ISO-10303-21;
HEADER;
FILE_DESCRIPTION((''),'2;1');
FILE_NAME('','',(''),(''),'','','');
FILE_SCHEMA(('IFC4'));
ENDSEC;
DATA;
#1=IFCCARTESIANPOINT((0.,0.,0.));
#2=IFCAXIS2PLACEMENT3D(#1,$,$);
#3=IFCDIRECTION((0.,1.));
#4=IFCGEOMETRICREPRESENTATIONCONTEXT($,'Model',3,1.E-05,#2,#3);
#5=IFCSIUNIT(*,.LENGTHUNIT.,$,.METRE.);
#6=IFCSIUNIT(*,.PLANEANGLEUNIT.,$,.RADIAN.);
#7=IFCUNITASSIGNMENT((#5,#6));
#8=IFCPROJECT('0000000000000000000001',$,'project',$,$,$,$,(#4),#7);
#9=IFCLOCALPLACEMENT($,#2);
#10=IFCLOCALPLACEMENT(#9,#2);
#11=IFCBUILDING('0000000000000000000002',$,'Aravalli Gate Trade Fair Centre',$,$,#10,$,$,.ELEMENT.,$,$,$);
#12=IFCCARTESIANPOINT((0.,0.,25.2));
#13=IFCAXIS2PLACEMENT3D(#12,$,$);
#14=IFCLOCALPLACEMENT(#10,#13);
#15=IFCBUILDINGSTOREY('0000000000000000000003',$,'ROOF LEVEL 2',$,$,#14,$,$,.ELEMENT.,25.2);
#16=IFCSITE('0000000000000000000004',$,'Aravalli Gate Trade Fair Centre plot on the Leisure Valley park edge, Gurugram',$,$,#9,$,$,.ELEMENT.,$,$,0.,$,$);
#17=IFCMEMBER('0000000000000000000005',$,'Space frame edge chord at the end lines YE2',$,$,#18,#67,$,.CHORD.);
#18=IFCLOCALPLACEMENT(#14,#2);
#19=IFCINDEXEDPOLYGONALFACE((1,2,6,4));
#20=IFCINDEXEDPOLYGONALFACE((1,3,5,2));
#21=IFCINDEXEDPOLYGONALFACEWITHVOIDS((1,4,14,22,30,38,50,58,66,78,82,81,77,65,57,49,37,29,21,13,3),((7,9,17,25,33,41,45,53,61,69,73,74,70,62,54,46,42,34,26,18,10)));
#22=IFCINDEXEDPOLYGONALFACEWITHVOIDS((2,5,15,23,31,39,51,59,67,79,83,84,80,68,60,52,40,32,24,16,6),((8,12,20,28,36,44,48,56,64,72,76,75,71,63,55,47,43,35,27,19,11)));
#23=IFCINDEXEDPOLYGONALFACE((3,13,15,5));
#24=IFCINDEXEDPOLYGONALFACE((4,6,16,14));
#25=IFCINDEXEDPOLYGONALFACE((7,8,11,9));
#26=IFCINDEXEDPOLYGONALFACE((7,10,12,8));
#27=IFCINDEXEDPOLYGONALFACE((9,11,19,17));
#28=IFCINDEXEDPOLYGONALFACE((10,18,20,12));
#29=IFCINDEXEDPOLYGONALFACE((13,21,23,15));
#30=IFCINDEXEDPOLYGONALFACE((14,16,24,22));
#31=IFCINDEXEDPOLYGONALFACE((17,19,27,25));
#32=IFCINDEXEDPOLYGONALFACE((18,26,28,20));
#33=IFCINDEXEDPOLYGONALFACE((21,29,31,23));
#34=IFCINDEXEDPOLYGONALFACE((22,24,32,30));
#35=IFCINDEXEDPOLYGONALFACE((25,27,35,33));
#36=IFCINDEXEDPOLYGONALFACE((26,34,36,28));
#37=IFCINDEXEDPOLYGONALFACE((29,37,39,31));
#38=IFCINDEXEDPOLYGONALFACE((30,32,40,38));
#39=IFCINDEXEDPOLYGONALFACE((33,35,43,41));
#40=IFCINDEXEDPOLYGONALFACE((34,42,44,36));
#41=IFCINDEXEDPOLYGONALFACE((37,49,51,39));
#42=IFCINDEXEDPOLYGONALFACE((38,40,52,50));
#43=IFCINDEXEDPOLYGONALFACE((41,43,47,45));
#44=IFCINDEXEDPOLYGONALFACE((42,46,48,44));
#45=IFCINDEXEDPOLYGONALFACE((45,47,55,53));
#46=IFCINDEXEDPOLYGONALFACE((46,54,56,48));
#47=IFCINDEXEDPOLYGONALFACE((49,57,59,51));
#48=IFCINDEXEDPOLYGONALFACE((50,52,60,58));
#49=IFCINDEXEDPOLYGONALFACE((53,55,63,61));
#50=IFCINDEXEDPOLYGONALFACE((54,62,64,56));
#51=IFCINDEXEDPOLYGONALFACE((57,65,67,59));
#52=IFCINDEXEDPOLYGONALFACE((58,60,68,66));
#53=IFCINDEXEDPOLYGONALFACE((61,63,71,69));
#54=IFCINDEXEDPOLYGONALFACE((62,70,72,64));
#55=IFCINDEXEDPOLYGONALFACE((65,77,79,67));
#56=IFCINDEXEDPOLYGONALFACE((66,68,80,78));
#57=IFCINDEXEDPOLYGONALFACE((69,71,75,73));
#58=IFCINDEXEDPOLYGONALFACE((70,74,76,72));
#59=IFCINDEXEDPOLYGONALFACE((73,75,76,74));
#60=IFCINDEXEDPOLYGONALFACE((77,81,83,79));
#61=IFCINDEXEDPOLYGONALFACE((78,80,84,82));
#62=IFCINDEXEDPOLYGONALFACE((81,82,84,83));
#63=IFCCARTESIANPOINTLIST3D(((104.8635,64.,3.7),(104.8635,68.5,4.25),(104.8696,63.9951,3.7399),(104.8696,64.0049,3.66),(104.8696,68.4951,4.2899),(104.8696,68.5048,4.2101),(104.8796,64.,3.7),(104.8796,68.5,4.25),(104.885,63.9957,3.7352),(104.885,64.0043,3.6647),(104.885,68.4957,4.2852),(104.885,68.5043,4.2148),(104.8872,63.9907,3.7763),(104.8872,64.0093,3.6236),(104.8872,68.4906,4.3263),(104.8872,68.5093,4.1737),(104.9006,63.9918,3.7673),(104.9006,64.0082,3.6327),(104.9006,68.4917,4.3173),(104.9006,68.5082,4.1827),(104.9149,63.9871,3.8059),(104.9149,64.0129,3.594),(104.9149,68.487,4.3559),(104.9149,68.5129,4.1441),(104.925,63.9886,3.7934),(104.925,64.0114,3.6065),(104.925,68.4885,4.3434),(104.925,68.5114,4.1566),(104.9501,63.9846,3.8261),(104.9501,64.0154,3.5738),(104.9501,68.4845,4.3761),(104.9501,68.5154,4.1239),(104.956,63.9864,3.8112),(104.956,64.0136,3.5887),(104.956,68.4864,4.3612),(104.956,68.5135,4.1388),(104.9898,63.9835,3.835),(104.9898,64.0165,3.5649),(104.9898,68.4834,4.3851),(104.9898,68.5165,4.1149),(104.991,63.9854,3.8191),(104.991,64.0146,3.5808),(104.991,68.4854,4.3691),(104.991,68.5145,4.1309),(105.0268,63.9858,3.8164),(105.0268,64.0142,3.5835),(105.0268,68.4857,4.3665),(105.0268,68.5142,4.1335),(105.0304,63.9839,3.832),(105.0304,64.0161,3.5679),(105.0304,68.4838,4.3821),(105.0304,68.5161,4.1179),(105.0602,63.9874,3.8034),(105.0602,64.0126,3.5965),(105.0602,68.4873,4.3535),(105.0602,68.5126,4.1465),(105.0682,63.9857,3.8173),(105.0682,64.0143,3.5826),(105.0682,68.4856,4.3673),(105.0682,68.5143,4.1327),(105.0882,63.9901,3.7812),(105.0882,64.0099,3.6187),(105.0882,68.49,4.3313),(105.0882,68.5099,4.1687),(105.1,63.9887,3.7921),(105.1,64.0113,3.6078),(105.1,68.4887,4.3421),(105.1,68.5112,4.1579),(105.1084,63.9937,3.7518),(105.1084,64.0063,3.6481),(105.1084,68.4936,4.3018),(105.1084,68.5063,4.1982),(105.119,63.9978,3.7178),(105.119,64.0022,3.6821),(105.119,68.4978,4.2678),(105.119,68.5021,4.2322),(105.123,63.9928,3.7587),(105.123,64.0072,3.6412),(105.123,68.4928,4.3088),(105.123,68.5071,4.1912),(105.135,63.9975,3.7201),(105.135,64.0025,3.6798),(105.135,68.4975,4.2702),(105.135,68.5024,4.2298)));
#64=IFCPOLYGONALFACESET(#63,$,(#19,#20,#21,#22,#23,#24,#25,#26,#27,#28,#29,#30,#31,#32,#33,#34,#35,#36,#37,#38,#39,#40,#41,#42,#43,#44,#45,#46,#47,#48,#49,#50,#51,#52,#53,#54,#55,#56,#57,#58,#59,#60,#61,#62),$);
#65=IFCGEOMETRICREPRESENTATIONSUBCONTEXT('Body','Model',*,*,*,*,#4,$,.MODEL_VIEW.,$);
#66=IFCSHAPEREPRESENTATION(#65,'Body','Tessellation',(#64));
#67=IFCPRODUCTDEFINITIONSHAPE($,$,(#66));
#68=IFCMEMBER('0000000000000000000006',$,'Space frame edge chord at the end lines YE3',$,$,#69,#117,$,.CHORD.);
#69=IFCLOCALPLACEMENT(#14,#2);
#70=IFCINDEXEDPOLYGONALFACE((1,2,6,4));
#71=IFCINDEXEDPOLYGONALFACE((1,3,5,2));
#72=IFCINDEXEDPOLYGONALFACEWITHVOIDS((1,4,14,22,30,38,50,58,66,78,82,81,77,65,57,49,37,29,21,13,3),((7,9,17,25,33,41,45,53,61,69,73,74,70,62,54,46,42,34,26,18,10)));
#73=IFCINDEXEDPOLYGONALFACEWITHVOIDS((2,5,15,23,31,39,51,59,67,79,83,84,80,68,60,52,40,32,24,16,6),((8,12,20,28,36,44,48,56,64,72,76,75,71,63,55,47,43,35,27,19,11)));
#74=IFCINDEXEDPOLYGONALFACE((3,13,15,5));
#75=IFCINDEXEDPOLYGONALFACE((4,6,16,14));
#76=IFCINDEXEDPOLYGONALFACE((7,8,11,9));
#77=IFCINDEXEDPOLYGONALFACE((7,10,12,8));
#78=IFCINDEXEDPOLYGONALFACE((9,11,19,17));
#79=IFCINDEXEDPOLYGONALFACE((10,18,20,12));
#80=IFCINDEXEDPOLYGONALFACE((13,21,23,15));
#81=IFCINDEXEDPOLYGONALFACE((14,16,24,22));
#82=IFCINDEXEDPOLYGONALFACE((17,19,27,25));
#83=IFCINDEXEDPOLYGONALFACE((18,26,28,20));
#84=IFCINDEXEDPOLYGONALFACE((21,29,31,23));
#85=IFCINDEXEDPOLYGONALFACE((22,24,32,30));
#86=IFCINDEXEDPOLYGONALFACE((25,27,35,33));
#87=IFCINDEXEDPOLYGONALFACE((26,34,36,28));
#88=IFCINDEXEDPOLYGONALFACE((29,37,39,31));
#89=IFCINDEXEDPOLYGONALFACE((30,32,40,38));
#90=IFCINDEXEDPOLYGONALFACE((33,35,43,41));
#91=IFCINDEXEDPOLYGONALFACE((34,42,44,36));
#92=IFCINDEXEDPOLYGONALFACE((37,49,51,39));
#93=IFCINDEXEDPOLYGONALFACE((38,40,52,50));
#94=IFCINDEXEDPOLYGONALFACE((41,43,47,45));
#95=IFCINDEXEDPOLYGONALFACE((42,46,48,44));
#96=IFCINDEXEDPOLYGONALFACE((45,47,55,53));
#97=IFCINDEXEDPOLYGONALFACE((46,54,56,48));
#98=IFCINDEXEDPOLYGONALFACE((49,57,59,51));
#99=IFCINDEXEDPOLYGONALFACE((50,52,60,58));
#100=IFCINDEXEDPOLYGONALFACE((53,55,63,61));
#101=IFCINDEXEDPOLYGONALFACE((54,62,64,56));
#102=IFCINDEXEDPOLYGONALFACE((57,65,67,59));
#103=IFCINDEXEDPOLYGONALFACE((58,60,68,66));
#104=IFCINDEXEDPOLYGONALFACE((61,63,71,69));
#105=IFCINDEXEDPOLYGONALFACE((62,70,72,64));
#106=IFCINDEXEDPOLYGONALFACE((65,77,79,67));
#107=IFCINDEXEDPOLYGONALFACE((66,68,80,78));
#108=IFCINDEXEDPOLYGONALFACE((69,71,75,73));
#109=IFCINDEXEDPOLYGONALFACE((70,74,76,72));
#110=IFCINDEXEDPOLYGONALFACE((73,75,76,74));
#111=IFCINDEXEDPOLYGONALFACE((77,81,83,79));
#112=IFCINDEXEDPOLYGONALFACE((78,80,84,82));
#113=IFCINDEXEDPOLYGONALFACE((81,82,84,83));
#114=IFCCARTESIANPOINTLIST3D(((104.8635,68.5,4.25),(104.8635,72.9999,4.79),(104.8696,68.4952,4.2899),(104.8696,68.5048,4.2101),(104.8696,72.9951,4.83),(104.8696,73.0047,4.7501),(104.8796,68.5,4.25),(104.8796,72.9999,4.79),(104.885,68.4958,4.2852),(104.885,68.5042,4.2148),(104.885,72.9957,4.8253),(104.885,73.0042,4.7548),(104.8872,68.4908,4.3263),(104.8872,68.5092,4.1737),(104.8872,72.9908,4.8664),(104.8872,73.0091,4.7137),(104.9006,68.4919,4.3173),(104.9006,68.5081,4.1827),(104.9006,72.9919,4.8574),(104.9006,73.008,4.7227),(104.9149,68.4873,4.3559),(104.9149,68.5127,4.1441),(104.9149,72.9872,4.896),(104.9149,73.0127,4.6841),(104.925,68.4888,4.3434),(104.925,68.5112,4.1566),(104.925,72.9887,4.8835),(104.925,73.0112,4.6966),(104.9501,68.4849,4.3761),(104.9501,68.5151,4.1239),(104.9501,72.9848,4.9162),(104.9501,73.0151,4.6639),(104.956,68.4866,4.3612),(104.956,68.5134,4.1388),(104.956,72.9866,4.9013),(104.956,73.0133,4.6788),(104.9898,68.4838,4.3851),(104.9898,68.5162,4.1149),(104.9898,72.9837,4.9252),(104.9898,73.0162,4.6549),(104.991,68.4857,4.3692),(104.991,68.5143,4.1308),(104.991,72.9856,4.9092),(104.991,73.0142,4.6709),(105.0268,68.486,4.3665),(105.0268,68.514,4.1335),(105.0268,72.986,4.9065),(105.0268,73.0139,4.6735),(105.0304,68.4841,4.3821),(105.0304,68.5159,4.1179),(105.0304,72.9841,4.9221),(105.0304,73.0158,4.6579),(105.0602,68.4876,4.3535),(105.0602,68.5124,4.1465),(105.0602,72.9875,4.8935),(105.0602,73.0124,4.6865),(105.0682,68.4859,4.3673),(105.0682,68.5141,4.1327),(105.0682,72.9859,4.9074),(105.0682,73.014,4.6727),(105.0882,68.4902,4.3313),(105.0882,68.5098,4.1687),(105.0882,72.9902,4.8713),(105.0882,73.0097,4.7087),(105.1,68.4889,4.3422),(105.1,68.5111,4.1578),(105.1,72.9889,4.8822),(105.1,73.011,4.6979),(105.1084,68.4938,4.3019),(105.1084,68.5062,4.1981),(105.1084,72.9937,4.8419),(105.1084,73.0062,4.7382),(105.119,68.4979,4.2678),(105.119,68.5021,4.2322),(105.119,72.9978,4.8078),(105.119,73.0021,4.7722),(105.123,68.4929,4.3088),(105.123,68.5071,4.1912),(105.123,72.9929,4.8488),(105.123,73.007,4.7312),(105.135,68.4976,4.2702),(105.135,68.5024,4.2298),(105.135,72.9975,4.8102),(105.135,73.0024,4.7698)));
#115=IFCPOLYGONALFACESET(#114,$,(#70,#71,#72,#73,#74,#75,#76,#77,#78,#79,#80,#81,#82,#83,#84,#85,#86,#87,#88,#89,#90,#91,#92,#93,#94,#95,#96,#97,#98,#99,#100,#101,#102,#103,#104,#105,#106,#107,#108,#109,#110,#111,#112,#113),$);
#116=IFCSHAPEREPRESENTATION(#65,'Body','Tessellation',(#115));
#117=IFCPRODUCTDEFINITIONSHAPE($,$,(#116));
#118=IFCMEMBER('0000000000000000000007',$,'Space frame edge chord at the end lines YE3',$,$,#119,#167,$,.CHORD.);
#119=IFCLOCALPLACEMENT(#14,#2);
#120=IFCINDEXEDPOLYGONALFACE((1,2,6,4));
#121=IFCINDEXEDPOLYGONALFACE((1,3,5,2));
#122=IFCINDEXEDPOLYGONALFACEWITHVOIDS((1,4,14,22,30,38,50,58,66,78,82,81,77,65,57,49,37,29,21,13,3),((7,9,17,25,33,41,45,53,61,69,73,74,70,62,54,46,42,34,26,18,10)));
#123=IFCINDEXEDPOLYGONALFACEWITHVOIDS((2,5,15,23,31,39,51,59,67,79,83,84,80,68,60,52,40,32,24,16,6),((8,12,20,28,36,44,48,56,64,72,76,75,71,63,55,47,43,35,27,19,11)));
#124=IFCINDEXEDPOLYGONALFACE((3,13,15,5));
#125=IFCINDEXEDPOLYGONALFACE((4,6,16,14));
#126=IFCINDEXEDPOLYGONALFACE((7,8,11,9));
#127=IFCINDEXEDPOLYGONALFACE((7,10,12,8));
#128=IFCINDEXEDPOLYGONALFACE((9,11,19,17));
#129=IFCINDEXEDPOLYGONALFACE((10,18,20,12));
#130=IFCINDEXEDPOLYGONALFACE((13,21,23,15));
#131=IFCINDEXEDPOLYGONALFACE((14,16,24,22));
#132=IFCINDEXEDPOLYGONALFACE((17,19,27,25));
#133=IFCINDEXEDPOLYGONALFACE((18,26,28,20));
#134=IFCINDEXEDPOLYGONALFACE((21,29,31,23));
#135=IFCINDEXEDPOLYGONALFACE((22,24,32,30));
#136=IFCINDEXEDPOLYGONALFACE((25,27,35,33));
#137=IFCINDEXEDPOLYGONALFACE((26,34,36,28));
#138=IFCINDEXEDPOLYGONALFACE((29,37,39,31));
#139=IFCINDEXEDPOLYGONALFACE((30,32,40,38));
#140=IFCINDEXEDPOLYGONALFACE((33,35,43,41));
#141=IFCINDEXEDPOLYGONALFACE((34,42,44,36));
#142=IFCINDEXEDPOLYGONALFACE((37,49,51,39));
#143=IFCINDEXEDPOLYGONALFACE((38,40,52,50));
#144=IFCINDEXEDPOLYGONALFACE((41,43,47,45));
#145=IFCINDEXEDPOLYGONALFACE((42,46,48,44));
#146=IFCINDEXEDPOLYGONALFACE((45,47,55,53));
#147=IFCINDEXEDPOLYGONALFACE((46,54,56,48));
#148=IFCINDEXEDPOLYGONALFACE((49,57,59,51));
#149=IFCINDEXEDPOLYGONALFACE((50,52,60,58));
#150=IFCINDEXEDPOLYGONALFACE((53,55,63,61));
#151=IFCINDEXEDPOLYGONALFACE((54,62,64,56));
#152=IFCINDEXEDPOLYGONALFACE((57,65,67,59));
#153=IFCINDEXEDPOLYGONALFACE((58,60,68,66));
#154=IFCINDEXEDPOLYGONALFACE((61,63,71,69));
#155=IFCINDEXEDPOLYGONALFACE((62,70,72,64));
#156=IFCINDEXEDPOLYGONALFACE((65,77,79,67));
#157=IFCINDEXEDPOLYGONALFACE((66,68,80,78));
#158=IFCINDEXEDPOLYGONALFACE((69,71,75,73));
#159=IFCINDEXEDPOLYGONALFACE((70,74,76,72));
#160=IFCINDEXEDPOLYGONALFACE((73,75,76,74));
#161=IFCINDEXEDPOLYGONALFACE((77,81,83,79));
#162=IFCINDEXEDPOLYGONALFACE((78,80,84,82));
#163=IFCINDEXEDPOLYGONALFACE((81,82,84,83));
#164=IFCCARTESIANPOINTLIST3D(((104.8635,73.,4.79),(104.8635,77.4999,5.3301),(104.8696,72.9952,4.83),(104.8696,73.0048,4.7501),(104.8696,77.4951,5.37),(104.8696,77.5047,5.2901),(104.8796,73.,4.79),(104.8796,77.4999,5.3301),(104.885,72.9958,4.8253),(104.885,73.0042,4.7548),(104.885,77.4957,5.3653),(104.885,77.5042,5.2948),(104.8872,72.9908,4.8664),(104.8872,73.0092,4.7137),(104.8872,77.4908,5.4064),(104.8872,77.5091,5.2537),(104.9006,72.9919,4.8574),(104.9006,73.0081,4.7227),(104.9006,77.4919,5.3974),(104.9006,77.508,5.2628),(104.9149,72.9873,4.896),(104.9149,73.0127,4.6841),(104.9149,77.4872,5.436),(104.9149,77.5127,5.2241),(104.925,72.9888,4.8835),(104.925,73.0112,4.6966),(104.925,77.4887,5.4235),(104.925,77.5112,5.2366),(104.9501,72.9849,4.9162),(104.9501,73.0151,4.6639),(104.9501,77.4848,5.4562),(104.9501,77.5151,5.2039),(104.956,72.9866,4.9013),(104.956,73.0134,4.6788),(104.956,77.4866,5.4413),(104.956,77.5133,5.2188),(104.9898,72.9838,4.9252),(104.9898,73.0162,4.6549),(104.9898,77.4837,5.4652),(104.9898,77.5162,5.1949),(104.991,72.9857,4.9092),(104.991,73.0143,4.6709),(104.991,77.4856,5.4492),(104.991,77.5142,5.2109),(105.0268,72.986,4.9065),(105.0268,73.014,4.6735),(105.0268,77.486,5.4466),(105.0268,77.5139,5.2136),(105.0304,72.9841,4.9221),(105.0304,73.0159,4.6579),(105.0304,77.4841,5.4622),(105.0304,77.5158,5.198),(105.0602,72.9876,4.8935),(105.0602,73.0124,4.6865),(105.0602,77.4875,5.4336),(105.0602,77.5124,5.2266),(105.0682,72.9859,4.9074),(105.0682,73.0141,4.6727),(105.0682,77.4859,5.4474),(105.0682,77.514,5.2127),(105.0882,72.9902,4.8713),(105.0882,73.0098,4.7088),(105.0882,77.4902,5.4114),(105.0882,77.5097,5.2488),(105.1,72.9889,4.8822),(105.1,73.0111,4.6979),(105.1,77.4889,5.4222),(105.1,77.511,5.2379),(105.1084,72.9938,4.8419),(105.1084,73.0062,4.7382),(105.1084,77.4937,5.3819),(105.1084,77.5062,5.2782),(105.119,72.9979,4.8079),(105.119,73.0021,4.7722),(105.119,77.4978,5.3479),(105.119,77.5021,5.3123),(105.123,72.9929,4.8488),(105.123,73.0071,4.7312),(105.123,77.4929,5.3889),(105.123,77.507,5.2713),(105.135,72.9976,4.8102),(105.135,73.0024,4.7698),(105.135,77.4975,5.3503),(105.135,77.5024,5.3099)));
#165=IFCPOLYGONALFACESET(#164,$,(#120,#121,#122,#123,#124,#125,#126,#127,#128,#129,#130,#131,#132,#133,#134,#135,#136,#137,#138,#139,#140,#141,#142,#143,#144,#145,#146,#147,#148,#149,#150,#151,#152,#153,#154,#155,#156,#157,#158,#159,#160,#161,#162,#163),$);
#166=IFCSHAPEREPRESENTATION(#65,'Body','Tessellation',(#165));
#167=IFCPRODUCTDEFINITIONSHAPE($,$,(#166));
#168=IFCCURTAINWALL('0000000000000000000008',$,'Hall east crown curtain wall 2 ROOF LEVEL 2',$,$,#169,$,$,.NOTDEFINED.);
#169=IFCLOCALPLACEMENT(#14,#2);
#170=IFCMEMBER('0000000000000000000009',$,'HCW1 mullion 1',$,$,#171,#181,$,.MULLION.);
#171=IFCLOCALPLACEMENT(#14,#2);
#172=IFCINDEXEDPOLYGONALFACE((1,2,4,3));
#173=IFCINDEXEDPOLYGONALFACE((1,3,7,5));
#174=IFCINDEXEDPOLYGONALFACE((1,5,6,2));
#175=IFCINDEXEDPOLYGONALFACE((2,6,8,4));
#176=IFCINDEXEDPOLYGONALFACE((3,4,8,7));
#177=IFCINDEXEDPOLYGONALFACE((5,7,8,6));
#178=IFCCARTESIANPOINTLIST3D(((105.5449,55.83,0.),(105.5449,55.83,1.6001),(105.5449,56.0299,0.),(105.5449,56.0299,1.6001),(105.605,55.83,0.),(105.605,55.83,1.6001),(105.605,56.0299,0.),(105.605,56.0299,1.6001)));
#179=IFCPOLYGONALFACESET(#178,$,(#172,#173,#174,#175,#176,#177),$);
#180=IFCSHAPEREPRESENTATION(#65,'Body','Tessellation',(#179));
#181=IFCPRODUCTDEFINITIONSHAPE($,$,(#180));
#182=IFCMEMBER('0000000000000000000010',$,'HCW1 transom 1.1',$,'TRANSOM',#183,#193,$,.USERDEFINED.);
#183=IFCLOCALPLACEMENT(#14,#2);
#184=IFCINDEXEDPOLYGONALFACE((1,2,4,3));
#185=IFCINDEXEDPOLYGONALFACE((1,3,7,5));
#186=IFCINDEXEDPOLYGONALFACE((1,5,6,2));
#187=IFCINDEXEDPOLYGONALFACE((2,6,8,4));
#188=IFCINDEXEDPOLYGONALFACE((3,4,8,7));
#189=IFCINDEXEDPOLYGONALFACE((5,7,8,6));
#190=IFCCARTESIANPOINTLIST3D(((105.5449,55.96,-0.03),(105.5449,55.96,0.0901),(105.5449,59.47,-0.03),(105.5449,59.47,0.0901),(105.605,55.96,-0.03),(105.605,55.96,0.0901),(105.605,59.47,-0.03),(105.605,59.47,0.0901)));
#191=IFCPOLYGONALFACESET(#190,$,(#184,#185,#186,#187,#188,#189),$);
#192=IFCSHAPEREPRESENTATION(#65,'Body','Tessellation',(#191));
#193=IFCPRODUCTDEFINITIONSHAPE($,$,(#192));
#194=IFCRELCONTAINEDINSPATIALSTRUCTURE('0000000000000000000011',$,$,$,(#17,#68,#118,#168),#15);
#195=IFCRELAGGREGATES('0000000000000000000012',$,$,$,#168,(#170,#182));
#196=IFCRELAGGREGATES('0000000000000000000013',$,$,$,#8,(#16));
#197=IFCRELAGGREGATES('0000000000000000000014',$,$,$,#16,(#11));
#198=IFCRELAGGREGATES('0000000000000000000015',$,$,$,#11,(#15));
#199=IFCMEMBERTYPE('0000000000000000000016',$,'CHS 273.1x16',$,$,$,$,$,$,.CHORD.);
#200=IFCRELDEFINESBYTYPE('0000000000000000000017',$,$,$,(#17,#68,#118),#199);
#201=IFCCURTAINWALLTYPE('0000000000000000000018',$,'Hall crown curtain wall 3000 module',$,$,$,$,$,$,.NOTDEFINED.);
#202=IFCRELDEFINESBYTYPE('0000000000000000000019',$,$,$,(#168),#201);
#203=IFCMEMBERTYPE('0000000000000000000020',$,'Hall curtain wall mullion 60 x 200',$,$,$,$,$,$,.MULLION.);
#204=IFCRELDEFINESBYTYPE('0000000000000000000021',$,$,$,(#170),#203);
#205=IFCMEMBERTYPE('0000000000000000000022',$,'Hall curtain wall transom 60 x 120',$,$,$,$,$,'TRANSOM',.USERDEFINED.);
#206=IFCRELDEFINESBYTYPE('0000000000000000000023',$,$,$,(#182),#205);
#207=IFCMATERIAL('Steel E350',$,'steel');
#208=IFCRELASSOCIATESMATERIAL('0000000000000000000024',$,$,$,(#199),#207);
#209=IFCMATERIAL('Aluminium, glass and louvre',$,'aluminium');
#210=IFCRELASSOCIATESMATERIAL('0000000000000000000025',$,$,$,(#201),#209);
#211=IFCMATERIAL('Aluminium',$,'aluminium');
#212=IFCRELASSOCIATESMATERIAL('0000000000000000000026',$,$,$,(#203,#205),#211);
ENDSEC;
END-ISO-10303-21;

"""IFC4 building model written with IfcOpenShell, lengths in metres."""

from ifc_helpers import new_model, si_unit, direction, frame, origin, origin_2d, place, context, subcontext, project, spatial, rectangle, hollow_circle, extrude, material, material_profile, profile_set, type_object, element, aggregate, save


model = new_model("IFC4")

# Units and contexts
model_context = context("Model", 3, precision=1e-05, world=origin(), true_north=direction((0.0, 1.0)))
body_context = subcontext(model_context, "Body", "Model", "MODEL_VIEW")
ifc_project = project(units=[si_unit("LENGTHUNIT", "METRE"), si_unit("PLANEANGLEUNIT", "RADIAN")], contexts=[model_context])

# Site, building, storey
site_placement = place(None, origin())
site = spatial("IfcSite", under=ifc_project, at=site_placement, Name="Aravalli Gate Trade Fair Centre plot on the Leisure Valley park edge, Gurugram", CompositionType="ELEMENT", RefElevation=0.0)
building_placement = place(site_placement, origin())
building = spatial("IfcBuilding", under=site, at=building_placement, Name="Aravalli Gate Trade Fair Centre", CompositionType="ELEMENT")
storey_placement = place(building_placement, frame((0.0, 0.0, 25.2)))
storey = spatial("IfcBuildingStorey", under=building, at=storey_placement, Name="ROOF LEVEL 2", CompositionType="ELEMENT", Elevation=25.2)

# Members
ifc_material_1 = material(Name="Steel E350", Category="steel")
ifc_material_profile_1 = material_profile(ifc_material_1, hollow_circle(Radius=0.1365, WallThickness=0.0161, at=origin_2d()), Name="CHS 273.1x16")
ifc_profile_set_1 = profile_set([ifc_material_profile_1], Name="Steel E350")
member_type_1 = type_object("IfcMemberType", Name="CHS 273.1x16", PredefinedType="CHORD", material=ifc_profile_set_1)
for number, where, z_axis, x_axis, name in (
    (1, (105.0, 64.0, 3.7), (0.0, 0.992612, 0.12133), (-1.0, 0.0, 0.0), "Space frame edge chord at the end lines YE2"),
):
    element("IfcMember", number, at=place(storey_placement, frame(where, z_axis=z_axis, x_axis=x_axis)), inside=storey, type_object=member_type_1, Name=name, PredefinedType="CHORD", context=body_context, shape_type="SweptSolid", body=[
        extrude(hollow_circle(Radius=0.1365, WallThickness=0.0161, at=origin_2d()), origin(), (0.0, 0.0, 1.0), 4.5334),
    ])
for number, where, z_axis, x_axis, name in (
    (2, (105.0, 68.5, 4.25), (0.0, 0.992876, 0.119154), (-1.0, 0.0, 0.0), "Space frame edge chord at the end lines YE3"),
    (3, (105.0, 73.0, 4.79), (0.0, 0.992876, 0.119154), (-1.0, 0.0, 0.0), "Space frame edge chord at the end lines YE3"),
):
    element("IfcMember", number, at=place(storey_placement, frame(where, z_axis=z_axis, x_axis=x_axis)), inside=storey, type_object=member_type_1, Name=name, PredefinedType="CHORD", context=body_context, shape_type="SweptSolid", body=[
        extrude(hollow_circle(Radius=0.1365, WallThickness=0.0161, at=origin_2d()), origin(), (0.0, 0.0, 1.0), 4.5322),
    ])

# Curtain wall, members
ifc_material_2 = material(Name="Aluminium, glass and louvre", Category="aluminium")
curtain_wall_type = type_object("IfcCurtainWallType", Name="Hall crown curtain wall 3000 module", PredefinedType="NOTDEFINED", material=ifc_material_2)
curtain_wall_placement = place(storey_placement, origin())
curtain_wall = element("IfcCurtainWall", 4, at=curtain_wall_placement, inside=storey, type_object=curtain_wall_type, Name="Hall east crown curtain wall 2 ROOF LEVEL 2", PredefinedType="NOTDEFINED")
ifc_material_3 = material(Name="Aluminium", Category="aluminium")
ifc_material_profile_2 = material_profile(ifc_material_3, rectangle(XDim=0.0601, YDim=0.2, at=origin_2d()), Name="Hall curtain wall mullion 60 x 200")
ifc_profile_set_2 = profile_set([ifc_material_profile_2], Name="Aluminium")
member_type_2 = type_object("IfcMemberType", Name="Hall curtain wall mullion 60 x 200", PredefinedType="MULLION", material=ifc_profile_set_2)
member_1_placement = place(storey_placement, frame((105.575, 55.9299, 0.0), z_axis=(0.0, 0.0, 1.0), x_axis=(-1.0, 0.0, 0.0)))
member_1 = element("IfcMember", 5, at=member_1_placement, type_object=member_type_2, Name="HCW1 mullion 1", PredefinedType="MULLION", context=body_context, shape_type="SweptSolid", body=[
    extrude(rectangle(XDim=0.0601, YDim=0.2, at=origin_2d()), origin(), (0.0, 0.0, 1.0), 1.6001),
])
ifc_material_profile_3 = material_profile(ifc_material_3, rectangle(XDim=0.0601, YDim=0.1201, at=origin_2d()), Name="Hall curtain wall transom 60 x 120")
ifc_profile_set_3 = profile_set([ifc_material_profile_3], Name="Aluminium")
member_type_3 = type_object("IfcMemberType", Name="Hall curtain wall transom 60 x 120", ElementType="TRANSOM", PredefinedType="USERDEFINED", material=ifc_profile_set_3)
member_2_placement = place(storey_placement, frame((105.575, 55.96, 0.03), z_axis=(0.0, 1.0, 0.0), x_axis=(-1.0, 0.0, 0.0)))
member_2 = element("IfcMember", 6, at=member_2_placement, type_object=member_type_3, Name="HCW1 transom 1.1", ObjectType="TRANSOM", PredefinedType="USERDEFINED", context=body_context, shape_type="SweptSolid", body=[
    extrude(rectangle(XDim=0.0601, YDim=0.1201, at=origin_2d()), origin(), (0.0, 0.0, 1.0), 3.51),
])
aggregate(curtain_wall, [member_1, member_2])

save(model, "model.ifc")
